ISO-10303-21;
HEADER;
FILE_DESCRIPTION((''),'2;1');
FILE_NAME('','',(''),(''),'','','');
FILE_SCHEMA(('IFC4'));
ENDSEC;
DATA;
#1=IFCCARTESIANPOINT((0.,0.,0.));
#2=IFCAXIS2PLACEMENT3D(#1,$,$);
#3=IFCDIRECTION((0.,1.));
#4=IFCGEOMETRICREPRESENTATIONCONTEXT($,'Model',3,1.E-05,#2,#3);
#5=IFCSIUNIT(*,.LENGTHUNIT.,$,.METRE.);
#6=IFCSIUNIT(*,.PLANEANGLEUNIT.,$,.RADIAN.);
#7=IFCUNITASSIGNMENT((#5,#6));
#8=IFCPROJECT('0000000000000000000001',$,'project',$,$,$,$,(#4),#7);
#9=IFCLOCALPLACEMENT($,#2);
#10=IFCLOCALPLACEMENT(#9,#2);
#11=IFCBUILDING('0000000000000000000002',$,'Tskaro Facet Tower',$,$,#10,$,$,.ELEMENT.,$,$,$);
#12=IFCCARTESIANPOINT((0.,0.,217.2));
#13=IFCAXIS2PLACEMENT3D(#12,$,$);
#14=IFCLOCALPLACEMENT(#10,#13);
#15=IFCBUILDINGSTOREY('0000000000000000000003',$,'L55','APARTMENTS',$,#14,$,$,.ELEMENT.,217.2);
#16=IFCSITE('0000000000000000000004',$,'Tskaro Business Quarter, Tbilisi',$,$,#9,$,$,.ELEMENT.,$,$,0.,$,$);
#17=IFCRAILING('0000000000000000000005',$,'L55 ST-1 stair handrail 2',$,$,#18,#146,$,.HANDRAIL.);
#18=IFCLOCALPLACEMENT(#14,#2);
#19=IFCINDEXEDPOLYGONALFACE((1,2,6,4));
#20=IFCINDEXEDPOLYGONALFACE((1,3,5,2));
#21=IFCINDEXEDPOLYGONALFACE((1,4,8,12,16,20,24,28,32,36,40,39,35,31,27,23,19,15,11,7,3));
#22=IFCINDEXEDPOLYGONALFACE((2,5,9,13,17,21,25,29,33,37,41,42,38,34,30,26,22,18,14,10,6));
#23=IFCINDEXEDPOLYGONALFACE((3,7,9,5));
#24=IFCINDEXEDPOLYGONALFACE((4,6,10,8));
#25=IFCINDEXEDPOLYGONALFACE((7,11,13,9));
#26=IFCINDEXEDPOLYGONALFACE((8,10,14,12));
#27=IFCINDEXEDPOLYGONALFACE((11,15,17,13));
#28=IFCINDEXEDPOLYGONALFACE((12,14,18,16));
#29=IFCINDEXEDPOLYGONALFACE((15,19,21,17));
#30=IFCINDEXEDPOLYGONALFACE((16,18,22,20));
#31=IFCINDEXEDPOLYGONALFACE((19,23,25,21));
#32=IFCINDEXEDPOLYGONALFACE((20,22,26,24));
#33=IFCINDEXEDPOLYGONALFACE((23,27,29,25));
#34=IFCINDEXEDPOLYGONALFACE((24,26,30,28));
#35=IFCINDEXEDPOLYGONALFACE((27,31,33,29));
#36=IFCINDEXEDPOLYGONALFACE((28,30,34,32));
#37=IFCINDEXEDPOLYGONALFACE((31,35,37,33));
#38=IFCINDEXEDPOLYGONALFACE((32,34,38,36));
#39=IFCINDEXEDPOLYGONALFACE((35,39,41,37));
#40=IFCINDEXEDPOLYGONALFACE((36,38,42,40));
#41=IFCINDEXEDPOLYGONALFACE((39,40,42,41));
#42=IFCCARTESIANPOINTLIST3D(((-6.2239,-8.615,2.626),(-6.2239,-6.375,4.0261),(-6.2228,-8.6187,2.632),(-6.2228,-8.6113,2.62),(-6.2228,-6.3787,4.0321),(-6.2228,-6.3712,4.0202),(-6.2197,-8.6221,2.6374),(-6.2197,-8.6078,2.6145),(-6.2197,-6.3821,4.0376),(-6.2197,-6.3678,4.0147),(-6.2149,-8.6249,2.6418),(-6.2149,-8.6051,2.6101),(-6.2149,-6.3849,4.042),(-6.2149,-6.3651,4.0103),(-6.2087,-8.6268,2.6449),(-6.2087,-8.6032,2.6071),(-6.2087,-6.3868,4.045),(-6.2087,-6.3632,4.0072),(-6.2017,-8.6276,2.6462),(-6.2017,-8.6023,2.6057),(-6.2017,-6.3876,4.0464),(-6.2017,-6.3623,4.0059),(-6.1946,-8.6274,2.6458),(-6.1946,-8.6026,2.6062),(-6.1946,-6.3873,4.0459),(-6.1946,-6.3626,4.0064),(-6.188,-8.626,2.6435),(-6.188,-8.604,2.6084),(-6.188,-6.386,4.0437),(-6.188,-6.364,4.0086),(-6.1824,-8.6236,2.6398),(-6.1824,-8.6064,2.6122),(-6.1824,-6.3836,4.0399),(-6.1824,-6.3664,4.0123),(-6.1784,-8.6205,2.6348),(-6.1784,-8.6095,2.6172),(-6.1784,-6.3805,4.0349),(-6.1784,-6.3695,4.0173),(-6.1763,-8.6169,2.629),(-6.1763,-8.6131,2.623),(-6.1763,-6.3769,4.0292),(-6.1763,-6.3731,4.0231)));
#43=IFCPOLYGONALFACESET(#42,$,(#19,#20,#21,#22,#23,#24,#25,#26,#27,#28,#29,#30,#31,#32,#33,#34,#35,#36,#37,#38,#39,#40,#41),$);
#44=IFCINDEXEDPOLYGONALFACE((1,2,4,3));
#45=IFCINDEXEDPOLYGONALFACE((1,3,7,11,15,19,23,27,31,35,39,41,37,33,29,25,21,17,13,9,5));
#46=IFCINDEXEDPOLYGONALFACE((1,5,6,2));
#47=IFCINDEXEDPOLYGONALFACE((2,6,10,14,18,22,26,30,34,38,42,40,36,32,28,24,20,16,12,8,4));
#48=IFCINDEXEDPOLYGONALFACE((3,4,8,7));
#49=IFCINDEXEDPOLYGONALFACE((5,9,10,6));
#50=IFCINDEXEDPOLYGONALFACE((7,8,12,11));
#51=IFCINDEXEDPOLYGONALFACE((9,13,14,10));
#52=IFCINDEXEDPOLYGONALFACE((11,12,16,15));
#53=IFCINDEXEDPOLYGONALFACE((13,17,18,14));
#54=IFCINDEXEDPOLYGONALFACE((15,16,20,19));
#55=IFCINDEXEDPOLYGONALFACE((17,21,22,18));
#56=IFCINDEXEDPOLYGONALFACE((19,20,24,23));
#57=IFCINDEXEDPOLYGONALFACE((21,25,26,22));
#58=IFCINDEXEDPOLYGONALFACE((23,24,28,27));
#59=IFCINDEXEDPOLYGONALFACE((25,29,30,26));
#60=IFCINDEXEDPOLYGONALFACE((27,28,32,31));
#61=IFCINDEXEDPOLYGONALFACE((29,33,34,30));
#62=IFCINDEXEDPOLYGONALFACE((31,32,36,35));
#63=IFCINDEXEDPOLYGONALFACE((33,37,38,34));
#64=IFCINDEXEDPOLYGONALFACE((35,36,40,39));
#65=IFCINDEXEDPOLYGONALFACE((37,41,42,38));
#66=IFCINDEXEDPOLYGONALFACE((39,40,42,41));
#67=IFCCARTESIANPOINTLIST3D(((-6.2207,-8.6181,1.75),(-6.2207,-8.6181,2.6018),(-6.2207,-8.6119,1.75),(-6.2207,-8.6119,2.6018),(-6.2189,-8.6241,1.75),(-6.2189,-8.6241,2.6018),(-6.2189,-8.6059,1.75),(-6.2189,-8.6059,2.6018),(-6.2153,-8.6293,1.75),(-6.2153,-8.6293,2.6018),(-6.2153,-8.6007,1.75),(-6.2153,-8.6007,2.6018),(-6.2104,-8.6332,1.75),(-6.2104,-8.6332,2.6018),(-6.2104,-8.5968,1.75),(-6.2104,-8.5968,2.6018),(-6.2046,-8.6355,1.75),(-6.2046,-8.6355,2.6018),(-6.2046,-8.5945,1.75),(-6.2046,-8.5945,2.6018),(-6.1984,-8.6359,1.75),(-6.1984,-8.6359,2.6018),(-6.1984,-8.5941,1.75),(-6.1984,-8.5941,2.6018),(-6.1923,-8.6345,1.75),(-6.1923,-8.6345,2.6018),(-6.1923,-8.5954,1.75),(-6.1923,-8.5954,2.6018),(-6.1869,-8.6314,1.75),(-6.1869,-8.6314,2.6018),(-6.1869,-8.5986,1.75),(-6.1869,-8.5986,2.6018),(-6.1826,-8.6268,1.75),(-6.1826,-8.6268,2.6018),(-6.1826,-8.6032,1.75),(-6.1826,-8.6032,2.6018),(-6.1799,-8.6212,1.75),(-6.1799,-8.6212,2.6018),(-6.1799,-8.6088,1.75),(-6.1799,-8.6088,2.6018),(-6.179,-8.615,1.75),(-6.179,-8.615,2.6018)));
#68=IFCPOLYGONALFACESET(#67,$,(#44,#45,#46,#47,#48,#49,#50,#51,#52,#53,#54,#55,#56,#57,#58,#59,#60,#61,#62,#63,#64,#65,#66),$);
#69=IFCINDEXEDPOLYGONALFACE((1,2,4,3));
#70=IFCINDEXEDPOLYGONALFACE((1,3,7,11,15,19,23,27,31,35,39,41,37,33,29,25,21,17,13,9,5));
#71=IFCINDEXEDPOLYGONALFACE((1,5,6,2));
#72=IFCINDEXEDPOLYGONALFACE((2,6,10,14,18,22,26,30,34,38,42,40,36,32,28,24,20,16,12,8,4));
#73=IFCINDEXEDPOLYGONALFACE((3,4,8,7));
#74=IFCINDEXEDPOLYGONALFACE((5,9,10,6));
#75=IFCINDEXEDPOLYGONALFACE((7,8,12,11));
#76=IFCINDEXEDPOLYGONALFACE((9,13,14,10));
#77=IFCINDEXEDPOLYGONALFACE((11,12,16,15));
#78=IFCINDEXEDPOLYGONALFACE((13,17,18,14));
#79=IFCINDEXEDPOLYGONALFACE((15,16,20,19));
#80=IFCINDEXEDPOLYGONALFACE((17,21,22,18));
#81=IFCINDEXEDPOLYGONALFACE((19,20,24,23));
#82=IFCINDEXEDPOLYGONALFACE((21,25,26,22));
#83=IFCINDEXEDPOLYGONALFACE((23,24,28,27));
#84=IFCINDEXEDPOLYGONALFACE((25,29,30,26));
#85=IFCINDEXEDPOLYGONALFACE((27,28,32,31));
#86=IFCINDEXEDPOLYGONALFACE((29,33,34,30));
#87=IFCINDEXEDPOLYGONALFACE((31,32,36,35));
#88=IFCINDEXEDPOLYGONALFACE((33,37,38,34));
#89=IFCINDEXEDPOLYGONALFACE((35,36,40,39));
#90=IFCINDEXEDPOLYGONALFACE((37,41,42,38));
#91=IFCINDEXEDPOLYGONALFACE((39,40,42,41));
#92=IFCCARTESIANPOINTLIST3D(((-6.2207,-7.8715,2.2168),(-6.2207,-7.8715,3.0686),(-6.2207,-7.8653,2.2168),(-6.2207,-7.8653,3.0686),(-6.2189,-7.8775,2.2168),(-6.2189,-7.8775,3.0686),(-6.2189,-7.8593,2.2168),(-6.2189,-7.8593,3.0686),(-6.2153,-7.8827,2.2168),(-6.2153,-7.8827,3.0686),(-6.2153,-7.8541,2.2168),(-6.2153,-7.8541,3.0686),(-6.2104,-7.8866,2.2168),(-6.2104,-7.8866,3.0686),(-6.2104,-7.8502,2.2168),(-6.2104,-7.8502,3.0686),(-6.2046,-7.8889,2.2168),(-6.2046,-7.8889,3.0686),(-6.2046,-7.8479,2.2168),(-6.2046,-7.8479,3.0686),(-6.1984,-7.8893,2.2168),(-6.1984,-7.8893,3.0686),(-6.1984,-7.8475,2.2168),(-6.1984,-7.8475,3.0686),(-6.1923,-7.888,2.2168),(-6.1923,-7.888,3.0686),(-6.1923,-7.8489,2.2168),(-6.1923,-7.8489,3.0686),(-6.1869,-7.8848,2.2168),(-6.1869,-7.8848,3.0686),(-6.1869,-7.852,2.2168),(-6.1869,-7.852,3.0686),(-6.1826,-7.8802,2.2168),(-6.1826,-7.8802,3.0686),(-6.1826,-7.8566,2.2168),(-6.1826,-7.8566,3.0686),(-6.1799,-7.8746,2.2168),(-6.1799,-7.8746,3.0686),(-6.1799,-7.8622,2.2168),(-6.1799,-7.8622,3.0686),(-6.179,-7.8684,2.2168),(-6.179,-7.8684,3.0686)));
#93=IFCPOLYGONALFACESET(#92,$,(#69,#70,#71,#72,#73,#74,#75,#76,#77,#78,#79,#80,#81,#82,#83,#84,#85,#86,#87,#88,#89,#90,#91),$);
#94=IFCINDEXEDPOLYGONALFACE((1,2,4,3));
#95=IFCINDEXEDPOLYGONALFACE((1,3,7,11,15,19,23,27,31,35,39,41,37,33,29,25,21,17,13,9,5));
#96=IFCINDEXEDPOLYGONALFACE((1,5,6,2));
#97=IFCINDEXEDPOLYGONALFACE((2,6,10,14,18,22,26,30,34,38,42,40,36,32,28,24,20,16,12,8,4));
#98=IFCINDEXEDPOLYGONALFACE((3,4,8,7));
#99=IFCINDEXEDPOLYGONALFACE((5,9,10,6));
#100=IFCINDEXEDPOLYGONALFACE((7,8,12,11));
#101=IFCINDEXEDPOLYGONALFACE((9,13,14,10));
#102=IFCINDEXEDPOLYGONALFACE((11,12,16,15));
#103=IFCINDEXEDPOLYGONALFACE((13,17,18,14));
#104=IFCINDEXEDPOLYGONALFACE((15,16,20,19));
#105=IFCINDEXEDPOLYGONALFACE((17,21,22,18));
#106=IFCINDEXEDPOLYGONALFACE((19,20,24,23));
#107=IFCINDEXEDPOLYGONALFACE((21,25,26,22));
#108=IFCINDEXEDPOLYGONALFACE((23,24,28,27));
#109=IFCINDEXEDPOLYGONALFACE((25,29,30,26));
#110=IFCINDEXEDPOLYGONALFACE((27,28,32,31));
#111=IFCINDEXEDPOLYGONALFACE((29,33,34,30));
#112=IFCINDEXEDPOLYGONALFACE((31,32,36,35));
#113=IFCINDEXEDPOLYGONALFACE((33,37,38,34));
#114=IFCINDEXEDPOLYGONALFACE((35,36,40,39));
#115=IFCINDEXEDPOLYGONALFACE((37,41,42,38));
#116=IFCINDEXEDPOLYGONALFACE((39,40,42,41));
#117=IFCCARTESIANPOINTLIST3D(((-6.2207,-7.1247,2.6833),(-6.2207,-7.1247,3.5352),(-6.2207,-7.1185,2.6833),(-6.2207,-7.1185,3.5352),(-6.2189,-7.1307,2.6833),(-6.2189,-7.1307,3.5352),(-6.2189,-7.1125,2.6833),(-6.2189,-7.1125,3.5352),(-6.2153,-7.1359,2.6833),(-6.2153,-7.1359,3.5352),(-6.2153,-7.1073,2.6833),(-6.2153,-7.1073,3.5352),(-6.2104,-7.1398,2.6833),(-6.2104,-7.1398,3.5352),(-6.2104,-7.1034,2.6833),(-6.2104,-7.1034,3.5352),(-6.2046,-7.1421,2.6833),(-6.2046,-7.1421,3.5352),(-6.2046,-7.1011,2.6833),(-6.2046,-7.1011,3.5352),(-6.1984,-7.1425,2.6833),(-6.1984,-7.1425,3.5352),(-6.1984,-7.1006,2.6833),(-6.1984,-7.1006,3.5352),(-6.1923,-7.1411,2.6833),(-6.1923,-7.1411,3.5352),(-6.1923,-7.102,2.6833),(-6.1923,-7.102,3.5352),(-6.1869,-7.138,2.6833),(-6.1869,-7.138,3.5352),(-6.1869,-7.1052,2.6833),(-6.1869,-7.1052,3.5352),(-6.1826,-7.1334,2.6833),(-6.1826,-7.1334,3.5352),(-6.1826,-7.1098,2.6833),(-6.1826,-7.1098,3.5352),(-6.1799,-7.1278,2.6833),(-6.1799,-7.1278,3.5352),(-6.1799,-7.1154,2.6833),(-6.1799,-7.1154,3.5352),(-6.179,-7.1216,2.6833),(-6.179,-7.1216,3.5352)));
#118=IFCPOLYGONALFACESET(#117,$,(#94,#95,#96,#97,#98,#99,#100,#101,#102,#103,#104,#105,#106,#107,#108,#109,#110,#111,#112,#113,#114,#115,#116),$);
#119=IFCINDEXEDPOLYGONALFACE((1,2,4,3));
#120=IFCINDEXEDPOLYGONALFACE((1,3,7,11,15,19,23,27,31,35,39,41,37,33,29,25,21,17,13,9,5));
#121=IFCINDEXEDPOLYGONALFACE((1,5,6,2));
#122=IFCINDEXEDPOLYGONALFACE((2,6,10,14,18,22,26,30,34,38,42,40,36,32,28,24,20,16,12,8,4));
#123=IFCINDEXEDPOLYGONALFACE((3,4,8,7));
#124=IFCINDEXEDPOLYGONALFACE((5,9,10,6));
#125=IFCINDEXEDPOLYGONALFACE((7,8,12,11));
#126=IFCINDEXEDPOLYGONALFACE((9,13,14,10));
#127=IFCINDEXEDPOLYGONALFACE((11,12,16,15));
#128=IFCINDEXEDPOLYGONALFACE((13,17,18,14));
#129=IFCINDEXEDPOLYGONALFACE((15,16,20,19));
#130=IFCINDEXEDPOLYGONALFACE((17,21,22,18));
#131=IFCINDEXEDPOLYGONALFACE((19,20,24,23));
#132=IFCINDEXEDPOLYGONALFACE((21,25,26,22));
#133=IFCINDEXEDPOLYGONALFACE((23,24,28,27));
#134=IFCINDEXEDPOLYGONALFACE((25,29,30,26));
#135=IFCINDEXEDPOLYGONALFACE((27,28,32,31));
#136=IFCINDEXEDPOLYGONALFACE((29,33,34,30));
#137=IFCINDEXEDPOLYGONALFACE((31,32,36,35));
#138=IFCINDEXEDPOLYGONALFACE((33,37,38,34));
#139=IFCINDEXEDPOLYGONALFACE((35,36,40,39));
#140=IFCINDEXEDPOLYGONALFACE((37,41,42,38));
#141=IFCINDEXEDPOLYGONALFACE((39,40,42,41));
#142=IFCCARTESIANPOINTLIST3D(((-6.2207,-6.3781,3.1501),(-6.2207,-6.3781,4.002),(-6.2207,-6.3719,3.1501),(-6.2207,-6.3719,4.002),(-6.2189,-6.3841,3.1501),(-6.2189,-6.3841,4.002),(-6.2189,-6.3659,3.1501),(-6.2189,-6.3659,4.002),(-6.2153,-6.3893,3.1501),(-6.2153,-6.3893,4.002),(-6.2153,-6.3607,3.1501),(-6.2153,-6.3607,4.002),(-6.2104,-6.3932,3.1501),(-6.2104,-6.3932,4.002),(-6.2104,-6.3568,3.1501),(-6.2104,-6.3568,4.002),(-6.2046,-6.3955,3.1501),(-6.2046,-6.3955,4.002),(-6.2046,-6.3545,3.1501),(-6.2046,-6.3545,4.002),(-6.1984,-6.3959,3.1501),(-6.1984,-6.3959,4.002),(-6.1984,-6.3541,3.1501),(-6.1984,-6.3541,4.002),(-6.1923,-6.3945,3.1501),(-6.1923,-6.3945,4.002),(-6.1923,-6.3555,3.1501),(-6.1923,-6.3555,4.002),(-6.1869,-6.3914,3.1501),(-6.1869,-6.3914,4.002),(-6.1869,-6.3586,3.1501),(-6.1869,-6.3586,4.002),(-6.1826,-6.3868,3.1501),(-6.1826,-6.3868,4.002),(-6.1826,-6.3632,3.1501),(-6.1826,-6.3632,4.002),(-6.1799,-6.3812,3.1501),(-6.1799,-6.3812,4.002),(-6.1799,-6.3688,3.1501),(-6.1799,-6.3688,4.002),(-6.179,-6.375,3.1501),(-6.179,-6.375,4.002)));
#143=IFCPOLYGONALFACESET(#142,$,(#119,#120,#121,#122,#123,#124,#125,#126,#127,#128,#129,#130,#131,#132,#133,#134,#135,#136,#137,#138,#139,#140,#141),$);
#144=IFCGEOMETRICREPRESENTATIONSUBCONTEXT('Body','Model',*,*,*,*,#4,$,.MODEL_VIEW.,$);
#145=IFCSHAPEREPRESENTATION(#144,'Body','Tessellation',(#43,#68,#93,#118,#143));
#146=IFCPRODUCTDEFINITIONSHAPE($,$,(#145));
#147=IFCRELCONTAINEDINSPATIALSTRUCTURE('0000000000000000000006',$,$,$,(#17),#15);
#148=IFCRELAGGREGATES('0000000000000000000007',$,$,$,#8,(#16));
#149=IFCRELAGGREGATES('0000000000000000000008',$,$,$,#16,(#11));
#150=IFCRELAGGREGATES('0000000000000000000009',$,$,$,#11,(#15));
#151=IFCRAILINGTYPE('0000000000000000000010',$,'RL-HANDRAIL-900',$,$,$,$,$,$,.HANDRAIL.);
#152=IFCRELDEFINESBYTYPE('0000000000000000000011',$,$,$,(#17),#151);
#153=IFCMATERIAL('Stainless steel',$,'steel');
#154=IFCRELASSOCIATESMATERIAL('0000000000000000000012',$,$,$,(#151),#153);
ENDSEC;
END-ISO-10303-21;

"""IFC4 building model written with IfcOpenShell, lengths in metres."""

from ifc_helpers import new_model, si_unit, direction, frame, origin, origin_2d, place, context, subcontext, project, spatial, circle, extrude, material, type_object, element, save


model = new_model("IFC4")

# Units and contexts
model_context = context("Model", 3, precision=1e-05, world=origin(), true_north=direction((0.0, 1.0)))
body_context = subcontext(model_context, "Body", "Model", "MODEL_VIEW")
ifc_project = project(units=[si_unit("LENGTHUNIT", "METRE"), si_unit("PLANEANGLEUNIT", "RADIAN")], contexts=[model_context])

# Site, building, storey
site_placement = place(None, origin())
site = spatial("IfcSite", under=ifc_project, at=site_placement, Name="Tskaro Business Quarter, Tbilisi", CompositionType="ELEMENT", RefElevation=0.0)
building_placement = place(site_placement, origin())
building = spatial("IfcBuilding", under=site, at=building_placement, Name="Tskaro Facet Tower", CompositionType="ELEMENT")
storey_placement = place(building_placement, frame((0.0, 0.0, 217.2)))
storey = spatial("IfcBuildingStorey", under=building, at=storey_placement, Name="L55", Description="APARTMENTS", CompositionType="ELEMENT", Elevation=217.2)

# Shared definitions
ifc_material_1 = material(Name="Stainless steel", Category="steel")

# Railing
railing_type_1 = type_object("IfcRailingType", Name="RL-HANDRAIL-900", PredefinedType="HANDRAIL", material=ifc_material_1)
railing_1_placement = place(storey_placement, frame((-6.2, -8.615, 1.75)))
element("IfcRailing", 1, at=railing_1_placement, inside=storey, type_object=railing_type_1, Name="L55 ST-1 stair handrail 2", PredefinedType="HANDRAIL", context=body_context, shape_type="SweptSolid", body=[
    extrude(circle(Radius=0.0239, at=origin_2d()), frame((0.0, 0.0, 0.876), z_axis=(0.0, 0.847972, 0.53004), x_axis=(-1.0, 0.0, 0.0)), (0.0, 0.0, 1.0), 2.6416),
    extrude(circle(Radius=0.021, at=origin_2d()), origin(), (0.0, 0.0, 1.0), 0.8518),
    extrude(circle(Radius=0.021, at=origin_2d()), frame((0.0, 0.7466, 0.4668)), (0.0, 0.0, 1.0), 0.8518),
    extrude(circle(Radius=0.021, at=origin_2d()), frame((0.0, 1.4934, 0.9333)), (0.0, 0.0, 1.0), 0.8518),
    extrude(circle(Radius=0.021, at=origin_2d()), frame((0.0, 2.24, 1.4001)), (0.0, 0.0, 1.0), 0.8518),
])

save(model, "model.ifc")
